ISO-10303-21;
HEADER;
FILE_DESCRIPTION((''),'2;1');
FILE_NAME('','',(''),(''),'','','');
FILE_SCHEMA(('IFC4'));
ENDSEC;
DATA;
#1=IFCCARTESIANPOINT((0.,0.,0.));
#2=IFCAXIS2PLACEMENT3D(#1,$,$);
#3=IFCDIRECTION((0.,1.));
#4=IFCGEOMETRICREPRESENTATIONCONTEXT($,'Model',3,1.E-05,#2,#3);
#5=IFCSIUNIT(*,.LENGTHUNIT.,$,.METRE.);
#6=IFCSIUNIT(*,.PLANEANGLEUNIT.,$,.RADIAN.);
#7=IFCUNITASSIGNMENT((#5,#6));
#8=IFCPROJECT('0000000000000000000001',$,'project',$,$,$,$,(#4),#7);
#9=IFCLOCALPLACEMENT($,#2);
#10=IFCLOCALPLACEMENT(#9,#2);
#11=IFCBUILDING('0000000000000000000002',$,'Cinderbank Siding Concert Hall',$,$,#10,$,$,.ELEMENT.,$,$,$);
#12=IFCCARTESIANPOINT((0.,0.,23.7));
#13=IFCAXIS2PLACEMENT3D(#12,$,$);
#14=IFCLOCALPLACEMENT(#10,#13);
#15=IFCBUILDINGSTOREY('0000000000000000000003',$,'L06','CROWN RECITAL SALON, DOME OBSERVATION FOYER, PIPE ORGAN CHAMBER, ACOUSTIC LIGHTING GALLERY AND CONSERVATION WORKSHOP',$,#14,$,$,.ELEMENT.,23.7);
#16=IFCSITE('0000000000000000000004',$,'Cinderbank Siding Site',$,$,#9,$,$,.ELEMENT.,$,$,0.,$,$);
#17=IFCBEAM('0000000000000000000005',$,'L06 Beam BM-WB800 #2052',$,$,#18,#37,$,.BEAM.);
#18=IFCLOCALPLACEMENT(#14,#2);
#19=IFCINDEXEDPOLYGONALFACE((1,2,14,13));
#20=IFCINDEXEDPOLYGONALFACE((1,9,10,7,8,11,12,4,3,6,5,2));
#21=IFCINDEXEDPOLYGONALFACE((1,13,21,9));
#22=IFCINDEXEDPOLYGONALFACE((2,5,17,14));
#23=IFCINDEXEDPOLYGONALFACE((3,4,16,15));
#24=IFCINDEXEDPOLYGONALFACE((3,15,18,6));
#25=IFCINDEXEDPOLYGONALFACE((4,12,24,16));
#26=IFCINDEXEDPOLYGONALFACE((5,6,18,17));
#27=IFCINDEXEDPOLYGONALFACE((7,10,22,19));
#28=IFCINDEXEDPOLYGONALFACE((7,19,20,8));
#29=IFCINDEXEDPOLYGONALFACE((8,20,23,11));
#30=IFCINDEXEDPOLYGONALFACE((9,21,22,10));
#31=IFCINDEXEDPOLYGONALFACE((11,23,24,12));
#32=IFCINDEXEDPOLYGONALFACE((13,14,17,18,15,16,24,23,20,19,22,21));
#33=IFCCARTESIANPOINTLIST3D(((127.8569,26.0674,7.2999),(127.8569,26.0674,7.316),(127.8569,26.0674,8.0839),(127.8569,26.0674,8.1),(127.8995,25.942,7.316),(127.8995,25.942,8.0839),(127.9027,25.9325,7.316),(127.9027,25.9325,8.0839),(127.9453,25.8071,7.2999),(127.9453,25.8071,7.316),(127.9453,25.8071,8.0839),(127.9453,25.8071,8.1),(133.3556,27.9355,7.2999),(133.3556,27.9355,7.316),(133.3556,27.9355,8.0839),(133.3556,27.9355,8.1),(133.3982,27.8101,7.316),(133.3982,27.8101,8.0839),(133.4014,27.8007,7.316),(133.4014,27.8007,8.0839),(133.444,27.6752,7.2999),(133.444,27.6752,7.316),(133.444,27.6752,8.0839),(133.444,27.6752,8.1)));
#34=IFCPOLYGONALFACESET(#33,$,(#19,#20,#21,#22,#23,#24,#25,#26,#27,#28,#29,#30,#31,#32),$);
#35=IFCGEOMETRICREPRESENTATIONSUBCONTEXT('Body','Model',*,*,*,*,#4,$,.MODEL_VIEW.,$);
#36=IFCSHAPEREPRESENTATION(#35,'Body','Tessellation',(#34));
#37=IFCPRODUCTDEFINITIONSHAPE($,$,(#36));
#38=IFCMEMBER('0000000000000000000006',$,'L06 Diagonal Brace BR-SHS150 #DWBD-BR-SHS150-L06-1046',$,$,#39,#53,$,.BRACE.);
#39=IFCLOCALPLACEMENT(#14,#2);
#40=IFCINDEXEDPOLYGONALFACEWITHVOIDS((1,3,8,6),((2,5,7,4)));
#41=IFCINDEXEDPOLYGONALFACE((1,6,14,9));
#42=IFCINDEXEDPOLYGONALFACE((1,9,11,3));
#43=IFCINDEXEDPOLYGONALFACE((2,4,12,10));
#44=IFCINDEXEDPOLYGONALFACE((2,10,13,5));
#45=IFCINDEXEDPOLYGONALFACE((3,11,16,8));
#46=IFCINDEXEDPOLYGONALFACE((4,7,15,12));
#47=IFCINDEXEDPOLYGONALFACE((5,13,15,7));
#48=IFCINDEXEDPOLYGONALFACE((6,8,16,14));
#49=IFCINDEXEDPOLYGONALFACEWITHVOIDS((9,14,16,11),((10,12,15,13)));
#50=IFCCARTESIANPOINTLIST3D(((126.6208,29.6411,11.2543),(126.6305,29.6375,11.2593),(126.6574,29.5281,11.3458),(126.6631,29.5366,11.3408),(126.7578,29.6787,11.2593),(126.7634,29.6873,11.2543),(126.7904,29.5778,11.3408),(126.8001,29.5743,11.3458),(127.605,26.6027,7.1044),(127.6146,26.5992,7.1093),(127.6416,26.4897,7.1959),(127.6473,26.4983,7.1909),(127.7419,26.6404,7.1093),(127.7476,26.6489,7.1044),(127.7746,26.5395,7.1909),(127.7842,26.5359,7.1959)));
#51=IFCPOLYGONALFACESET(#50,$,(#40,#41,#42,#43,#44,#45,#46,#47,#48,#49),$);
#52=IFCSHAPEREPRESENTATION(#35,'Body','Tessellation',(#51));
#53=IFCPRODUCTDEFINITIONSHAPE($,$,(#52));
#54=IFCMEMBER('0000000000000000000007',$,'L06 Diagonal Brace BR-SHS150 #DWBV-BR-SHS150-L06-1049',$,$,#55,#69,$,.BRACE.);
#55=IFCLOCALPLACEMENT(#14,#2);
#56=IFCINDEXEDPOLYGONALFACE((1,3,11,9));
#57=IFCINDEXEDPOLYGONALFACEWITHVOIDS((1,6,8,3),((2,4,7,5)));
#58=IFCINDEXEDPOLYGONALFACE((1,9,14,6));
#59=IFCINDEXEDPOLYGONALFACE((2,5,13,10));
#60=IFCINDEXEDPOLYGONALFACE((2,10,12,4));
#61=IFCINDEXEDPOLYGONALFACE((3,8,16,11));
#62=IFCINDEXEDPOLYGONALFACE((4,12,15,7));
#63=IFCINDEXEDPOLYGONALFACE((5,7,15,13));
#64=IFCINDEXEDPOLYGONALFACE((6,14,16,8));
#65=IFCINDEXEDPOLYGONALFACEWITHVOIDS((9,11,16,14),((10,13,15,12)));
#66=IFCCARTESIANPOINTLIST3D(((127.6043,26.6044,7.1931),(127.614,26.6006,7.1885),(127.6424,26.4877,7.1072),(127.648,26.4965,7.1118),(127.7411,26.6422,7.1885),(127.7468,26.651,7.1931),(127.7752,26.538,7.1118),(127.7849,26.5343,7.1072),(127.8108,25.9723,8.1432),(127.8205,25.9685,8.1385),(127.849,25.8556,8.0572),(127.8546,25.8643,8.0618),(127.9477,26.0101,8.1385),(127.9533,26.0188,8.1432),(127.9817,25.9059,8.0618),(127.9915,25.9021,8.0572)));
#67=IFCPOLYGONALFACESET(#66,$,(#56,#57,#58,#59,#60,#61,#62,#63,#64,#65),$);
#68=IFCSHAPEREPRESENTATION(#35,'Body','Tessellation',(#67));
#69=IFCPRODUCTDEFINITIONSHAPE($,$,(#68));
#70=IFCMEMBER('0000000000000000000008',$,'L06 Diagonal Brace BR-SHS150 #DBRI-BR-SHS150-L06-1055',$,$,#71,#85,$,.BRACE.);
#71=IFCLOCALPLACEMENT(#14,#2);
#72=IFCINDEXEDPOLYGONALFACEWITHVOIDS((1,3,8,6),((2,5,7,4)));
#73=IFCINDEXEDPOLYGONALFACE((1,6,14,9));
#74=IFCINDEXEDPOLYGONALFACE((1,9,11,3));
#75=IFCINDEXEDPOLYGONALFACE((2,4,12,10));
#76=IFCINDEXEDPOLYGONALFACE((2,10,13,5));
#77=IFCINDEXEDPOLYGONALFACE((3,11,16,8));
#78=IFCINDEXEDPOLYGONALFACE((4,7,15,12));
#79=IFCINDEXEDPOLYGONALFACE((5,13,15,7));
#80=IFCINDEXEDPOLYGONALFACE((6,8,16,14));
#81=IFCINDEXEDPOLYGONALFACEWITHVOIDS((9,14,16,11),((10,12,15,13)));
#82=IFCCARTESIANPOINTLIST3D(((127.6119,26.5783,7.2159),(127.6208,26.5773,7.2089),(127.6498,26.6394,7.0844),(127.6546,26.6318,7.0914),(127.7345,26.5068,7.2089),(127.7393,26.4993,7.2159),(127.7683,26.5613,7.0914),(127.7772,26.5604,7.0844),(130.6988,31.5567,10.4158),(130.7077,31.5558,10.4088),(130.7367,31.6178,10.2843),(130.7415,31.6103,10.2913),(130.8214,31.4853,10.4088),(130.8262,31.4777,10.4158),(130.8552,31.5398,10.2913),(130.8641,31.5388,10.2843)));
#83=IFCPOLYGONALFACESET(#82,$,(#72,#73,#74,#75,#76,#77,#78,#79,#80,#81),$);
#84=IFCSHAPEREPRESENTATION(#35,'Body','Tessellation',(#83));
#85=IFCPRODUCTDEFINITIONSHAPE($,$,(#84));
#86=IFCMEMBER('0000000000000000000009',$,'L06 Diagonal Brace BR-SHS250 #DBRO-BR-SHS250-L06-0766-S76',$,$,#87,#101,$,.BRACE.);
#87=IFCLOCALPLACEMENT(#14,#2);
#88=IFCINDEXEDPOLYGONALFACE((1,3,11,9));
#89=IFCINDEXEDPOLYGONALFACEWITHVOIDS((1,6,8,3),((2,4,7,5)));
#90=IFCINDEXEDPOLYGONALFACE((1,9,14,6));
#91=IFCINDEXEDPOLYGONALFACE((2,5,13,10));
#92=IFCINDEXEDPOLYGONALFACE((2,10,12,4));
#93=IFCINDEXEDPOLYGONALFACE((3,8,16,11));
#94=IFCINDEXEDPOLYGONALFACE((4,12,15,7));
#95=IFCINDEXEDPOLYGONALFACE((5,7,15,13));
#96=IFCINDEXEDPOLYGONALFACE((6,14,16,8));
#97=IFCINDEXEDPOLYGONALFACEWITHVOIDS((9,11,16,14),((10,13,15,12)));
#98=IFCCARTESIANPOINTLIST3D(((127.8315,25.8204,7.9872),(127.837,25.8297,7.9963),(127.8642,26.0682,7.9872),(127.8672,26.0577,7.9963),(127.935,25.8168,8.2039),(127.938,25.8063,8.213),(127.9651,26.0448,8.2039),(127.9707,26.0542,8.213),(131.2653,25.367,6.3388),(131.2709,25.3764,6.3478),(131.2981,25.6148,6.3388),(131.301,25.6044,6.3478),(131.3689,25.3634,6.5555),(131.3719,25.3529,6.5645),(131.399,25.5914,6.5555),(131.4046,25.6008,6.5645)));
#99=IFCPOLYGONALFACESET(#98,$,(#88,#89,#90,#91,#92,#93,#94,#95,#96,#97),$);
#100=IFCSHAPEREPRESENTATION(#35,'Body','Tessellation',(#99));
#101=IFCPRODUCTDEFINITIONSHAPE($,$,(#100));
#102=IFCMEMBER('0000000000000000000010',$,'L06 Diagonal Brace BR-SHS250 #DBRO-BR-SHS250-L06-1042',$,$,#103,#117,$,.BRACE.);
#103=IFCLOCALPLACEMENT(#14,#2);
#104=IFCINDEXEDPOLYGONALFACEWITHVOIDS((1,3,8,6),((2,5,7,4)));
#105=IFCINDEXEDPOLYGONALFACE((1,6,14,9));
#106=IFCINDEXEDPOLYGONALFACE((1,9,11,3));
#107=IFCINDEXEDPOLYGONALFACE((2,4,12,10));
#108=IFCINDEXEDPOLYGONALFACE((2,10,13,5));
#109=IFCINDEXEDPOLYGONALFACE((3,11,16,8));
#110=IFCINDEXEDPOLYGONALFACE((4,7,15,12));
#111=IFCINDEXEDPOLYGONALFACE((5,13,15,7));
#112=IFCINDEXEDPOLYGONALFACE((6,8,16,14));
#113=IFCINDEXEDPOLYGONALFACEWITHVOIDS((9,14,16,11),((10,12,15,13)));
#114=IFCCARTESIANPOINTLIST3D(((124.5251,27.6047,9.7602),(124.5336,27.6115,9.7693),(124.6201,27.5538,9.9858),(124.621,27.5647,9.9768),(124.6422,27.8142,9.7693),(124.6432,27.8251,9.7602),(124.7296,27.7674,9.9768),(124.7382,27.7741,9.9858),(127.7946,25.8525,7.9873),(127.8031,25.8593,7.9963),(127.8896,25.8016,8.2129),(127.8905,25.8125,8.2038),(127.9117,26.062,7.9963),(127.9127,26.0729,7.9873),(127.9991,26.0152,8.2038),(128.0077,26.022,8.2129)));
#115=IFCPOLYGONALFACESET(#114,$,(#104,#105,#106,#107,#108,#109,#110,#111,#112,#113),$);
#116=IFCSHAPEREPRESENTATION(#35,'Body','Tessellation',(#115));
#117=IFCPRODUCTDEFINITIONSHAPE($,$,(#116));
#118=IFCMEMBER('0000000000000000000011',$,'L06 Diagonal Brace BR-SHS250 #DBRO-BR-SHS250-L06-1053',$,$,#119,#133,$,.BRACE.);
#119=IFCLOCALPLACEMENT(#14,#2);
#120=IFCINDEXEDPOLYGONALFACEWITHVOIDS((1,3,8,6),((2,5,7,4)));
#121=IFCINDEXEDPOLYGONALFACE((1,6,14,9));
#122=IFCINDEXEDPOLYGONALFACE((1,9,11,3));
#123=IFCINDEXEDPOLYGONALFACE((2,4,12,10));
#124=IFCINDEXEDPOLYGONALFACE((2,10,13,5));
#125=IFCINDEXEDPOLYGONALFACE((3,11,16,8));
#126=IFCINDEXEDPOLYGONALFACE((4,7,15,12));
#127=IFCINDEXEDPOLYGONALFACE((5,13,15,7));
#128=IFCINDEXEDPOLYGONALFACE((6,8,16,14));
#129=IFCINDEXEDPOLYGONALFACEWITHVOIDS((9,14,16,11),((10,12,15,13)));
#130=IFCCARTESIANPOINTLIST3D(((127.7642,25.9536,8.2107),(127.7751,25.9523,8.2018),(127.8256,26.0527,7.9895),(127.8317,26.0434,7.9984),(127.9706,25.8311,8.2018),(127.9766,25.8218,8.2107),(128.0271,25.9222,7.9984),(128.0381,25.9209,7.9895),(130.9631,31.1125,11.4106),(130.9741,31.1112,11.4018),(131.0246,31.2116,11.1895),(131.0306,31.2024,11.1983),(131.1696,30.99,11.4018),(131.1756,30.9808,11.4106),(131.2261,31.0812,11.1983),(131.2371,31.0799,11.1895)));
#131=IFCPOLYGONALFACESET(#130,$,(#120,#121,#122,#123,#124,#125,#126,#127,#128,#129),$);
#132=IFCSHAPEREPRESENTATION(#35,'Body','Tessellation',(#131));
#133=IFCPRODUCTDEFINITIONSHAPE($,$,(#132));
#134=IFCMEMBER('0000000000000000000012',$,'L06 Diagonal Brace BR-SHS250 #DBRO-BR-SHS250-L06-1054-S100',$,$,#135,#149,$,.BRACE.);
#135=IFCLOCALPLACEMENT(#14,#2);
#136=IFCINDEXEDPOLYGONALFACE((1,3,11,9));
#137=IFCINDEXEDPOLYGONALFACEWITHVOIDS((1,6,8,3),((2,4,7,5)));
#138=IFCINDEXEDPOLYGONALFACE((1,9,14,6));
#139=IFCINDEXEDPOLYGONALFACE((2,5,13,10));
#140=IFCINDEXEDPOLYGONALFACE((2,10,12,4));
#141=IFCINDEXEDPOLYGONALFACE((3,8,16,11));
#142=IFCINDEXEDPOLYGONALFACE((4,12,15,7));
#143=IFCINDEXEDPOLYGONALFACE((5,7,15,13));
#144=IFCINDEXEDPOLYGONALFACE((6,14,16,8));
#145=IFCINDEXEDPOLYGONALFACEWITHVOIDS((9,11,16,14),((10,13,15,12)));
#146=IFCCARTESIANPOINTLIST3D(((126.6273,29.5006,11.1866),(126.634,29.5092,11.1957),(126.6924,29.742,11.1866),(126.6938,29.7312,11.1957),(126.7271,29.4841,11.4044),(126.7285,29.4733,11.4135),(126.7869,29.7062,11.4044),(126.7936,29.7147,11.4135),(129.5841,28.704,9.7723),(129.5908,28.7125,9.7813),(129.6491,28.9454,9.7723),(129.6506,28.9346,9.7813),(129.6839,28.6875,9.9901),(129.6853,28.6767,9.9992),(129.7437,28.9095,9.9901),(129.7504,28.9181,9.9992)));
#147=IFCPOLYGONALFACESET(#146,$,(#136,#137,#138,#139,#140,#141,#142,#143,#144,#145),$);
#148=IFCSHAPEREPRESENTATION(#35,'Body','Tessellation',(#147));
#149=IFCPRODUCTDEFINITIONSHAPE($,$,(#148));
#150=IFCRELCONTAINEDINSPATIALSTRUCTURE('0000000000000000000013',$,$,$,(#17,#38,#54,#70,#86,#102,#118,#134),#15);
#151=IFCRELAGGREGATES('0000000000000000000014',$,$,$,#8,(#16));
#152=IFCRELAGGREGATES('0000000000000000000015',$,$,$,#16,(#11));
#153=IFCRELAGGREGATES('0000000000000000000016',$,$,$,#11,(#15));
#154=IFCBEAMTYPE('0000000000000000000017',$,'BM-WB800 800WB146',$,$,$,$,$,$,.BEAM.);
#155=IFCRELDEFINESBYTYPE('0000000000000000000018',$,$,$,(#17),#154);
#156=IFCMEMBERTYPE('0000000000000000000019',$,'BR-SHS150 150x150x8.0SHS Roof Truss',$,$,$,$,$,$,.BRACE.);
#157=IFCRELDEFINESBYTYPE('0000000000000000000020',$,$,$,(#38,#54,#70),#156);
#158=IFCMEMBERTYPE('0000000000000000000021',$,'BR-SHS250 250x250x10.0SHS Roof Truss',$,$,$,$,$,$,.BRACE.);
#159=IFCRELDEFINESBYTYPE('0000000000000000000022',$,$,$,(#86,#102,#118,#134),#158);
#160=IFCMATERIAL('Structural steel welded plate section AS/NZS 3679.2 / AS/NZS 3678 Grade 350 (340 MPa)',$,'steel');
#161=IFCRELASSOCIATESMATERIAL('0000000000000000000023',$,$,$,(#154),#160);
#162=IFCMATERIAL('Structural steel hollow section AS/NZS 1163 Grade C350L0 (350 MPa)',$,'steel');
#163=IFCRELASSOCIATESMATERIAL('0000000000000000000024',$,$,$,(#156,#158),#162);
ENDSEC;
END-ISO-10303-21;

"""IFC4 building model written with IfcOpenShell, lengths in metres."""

from ifc_helpers import new_model, si_unit, direction, frame, origin, origin_2d, place, context, subcontext, project, spatial, hollow_rectangle, i_section, extrude, material, material_profile, profile_set, type_object, element, save


model = new_model("IFC4")

# Units and contexts
model_context = context("Model", 3, precision=1e-05, world=origin(), true_north=direction((0.0, 1.0)))
body_context = subcontext(model_context, "Body", "Model", "MODEL_VIEW")
ifc_project = project(units=[si_unit("LENGTHUNIT", "METRE"), si_unit("PLANEANGLEUNIT", "RADIAN")], contexts=[model_context])

# Site, building, storey
site_placement = place(None, origin())
site = spatial("IfcSite", under=ifc_project, at=site_placement, Name="Cinderbank Siding Site", CompositionType="ELEMENT", RefElevation=0.0)
building_placement = place(site_placement, origin())
building = spatial("IfcBuilding", under=site, at=building_placement, Name="Cinderbank Siding Concert Hall", CompositionType="ELEMENT")
storey_placement = place(building_placement, frame((0.0, 0.0, 23.7)))
storey = spatial("IfcBuildingStorey", under=building, at=storey_placement, Name="L06", Description="CROWN RECITAL SALON, DOME OBSERVATION FOYER, PIPE ORGAN CHAMBER, ACOUSTIC LIGHTING GALLERY AND CONSERVATION WORKSHOP", CompositionType="ELEMENT", Elevation=23.7)

# Beam
ifc_material_1 = material(Name="Structural steel welded plate section AS/NZS 3679.2 / AS/NZS 3678 Grade 350 (340 MPa)", Category="steel")
ifc_material_profile_1 = material_profile(ifc_material_1, i_section(OverallWidth=0.2749, OverallDepth=0.8, WebThickness=0.01, FlangeThickness=0.0161, at=origin_2d()), Name="800WB146", Category="LoadBearing")
ifc_profile_set_1 = profile_set([ifc_material_profile_1], Name="Structural steel welded plate section AS/NZS 3679.2 / AS/NZS 3678 Grade 350 (340 MPa)")
beam_type = type_object("IfcBeamType", Name="BM-WB800 800WB146", PredefinedType="BEAM", material=ifc_profile_set_1)
beam_placement = place(storey_placement, frame((127.9011, 25.9373, 7.7), z_axis=(0.946847, 0.321683, 0.0), x_axis=(-0.321683, 0.946847, 0.0)))
element("IfcBeam", 1, at=beam_placement, inside=storey, type_object=beam_type, Name="L06 Beam BM-WB800 #2052", PredefinedType="BEAM", context=body_context, shape_type="SweptSolid", body=[
    extrude(i_section(OverallWidth=0.2749, OverallDepth=0.8, WebThickness=0.01, FlangeThickness=0.0161, at=origin_2d()), origin(), (0.0, 0.0, 1.0), 5.8074),
])

# Members
ifc_material_2 = material(Name="Structural steel hollow section AS/NZS 1163 Grade C350L0 (350 MPa)", Category="steel")
ifc_material_profile_2 = material_profile(ifc_material_2, hollow_rectangle(XDim=0.1499, YDim=0.1499, WallThickness=0.0081, at=origin_2d()), Name="150x150x8.0SHS", Category="LoadBearing")
ifc_profile_set_2 = profile_set([ifc_material_profile_2], Name="Structural steel hollow section AS/NZS 1163 Grade C350L0 (350 MPa)")
member_type_1 = type_object("IfcMemberType", Name="BR-SHS150 150x150x8.0SHS Roof Truss", PredefinedType="BRACE", material=ifc_profile_set_2)
member_1_placement = place(storey_placement, frame((127.6946, 26.5693, 7.1501), z_axis=(-0.187934, 0.580214, 0.792485), x_axis=(-0.95134, -0.308144, 0.0)))
element("IfcMember", 2, at=member_1_placement, inside=storey, type_object=member_type_1, Name="L06 Diagonal Brace BR-SHS150 #DWBD-BR-SHS150-L06-1046", PredefinedType="BRACE", context=body_context, shape_type="SweptSolid", body=[
    extrude(hollow_rectangle(XDim=0.1499, YDim=0.1499, WallThickness=0.0081, at=origin_2d()), origin(), (0.0, 0.0, 1.0), 5.2366),
])
member_2_placement = place(storey_placement, frame((127.6946, 26.5693, 7.1501), z_axis=(0.178121, -0.545101, 0.81923), x_axis=(0.950539, 0.310605, 0.0)))
element("IfcMember", 3, at=member_2_placement, inside=storey, type_object=member_type_1, Name="L06 Diagonal Brace BR-SHS150 #DWBV-BR-SHS150-L06-1049", PredefinedType="BRACE", context=body_context, shape_type="SweptSolid", body=[
    extrude(hollow_rectangle(XDim=0.1499, YDim=0.1499, WallThickness=0.0081, at=origin_2d()), origin(), (0.0, 0.0, 1.0), 1.1597),
])
member_3_placement = place(storey_placement, frame((127.6946, 26.5693, 7.1501), z_axis=(0.462466, 0.745856, 0.4794), x_axis=(-0.849885, 0.526969, 0.0)))
element("IfcMember", 4, at=member_3_placement, inside=storey, type_object=member_type_1, Name="L06 Diagonal Brace BR-SHS150 #DBRI-BR-SHS150-L06-1055", PredefinedType="BRACE", context=body_context, shape_type="SweptSolid", body=[
    extrude(hollow_rectangle(XDim=0.1499, YDim=0.1499, WallThickness=0.0081, at=origin_2d()), origin(), (0.0, 0.0, 1.0), 6.6748),
])
ifc_material_profile_3 = material_profile(ifc_material_2, hollow_rectangle(XDim=0.25, YDim=0.25, WallThickness=0.01, at=origin_2d()), Name="250x250x10.0SHS", Category="LoadBearing")
ifc_profile_set_3 = profile_set([ifc_material_profile_3], Name="Structural steel hollow section AS/NZS 1163 Grade C350L0 (350 MPa)")
member_type_2 = type_object("IfcMemberType", Name="BR-SHS250 250x250x10.0SHS Roof Truss", PredefinedType="BRACE", material=ifc_profile_set_3)
member_4_placement = place(storey_placement, frame((131.335, 25.4839, 6.4517), z_axis=(-0.895184, 0.118191, 0.429739), x_axis=(-0.130894, -0.991396, 0.0)))
element("IfcMember", 5, at=member_4_placement, inside=storey, type_object=member_type_2, Name="L06 Diagonal Brace BR-SHS250 #DBRO-BR-SHS250-L06-0766-S76", PredefinedType="BRACE", context=body_context, shape_type="SweptSolid", body=[
    extrude(hollow_rectangle(XDim=0.25, YDim=0.25, WallThickness=0.01, at=origin_2d()), origin(), (0.0, 0.0, 1.0), 3.8359),
])
member_5_placement = place(storey_placement, frame((127.9011, 25.9373, 8.1001), z_axis=(-0.795241, 0.426183, 0.431231), x_axis=(-0.47236, -0.881406, 0.0)))
element("IfcMember", 6, at=member_5_placement, inside=storey, type_object=member_type_2, Name="L06 Diagonal Brace BR-SHS250 #DBRO-BR-SHS250-L06-1042", PredefinedType="BRACE", context=body_context, shape_type="SweptSolid", body=[
    extrude(hollow_rectangle(XDim=0.25, YDim=0.25, WallThickness=0.01, at=origin_2d()), origin(), (0.0, 0.0, 1.0), 4.1113),
])
member_6_placement = place(storey_placement, frame((127.9011, 25.9373, 8.1001), z_axis=(0.466183, 0.751807, 0.466326), x_axis=(-0.849871, 0.526991, 0.0)))
element("IfcMember", 7, at=member_6_placement, inside=storey, type_object=member_type_2, Name="L06 Diagonal Brace BR-SHS250 #DBRO-BR-SHS250-L06-1053", PredefinedType="BRACE", context=body_context, shape_type="SweptSolid", body=[
    extrude(hollow_rectangle(XDim=0.25, YDim=0.25, WallThickness=0.01, at=origin_2d()), origin(), (0.0, 0.0, 1.0), 6.8621),
])
member_7_placement = place(storey_placement, frame((129.6672, 28.811, 9.8857), z_axis=(-0.876591, 0.236175, 0.419296), x_axis=(-0.260148, -0.965569, 0.0)))
element("IfcMember", 8, at=member_7_placement, inside=storey, type_object=member_type_2, Name="L06 Diagonal Brace BR-SHS250 #DBRO-BR-SHS250-L06-1054-S100", PredefinedType="BRACE", context=body_context, shape_type="SweptSolid", body=[
    extrude(hollow_rectangle(XDim=0.25, YDim=0.25, WallThickness=0.01, at=origin_2d()), origin(), (0.0, 0.0, 1.0), 3.373),
])

save(model, "model.ifc")
